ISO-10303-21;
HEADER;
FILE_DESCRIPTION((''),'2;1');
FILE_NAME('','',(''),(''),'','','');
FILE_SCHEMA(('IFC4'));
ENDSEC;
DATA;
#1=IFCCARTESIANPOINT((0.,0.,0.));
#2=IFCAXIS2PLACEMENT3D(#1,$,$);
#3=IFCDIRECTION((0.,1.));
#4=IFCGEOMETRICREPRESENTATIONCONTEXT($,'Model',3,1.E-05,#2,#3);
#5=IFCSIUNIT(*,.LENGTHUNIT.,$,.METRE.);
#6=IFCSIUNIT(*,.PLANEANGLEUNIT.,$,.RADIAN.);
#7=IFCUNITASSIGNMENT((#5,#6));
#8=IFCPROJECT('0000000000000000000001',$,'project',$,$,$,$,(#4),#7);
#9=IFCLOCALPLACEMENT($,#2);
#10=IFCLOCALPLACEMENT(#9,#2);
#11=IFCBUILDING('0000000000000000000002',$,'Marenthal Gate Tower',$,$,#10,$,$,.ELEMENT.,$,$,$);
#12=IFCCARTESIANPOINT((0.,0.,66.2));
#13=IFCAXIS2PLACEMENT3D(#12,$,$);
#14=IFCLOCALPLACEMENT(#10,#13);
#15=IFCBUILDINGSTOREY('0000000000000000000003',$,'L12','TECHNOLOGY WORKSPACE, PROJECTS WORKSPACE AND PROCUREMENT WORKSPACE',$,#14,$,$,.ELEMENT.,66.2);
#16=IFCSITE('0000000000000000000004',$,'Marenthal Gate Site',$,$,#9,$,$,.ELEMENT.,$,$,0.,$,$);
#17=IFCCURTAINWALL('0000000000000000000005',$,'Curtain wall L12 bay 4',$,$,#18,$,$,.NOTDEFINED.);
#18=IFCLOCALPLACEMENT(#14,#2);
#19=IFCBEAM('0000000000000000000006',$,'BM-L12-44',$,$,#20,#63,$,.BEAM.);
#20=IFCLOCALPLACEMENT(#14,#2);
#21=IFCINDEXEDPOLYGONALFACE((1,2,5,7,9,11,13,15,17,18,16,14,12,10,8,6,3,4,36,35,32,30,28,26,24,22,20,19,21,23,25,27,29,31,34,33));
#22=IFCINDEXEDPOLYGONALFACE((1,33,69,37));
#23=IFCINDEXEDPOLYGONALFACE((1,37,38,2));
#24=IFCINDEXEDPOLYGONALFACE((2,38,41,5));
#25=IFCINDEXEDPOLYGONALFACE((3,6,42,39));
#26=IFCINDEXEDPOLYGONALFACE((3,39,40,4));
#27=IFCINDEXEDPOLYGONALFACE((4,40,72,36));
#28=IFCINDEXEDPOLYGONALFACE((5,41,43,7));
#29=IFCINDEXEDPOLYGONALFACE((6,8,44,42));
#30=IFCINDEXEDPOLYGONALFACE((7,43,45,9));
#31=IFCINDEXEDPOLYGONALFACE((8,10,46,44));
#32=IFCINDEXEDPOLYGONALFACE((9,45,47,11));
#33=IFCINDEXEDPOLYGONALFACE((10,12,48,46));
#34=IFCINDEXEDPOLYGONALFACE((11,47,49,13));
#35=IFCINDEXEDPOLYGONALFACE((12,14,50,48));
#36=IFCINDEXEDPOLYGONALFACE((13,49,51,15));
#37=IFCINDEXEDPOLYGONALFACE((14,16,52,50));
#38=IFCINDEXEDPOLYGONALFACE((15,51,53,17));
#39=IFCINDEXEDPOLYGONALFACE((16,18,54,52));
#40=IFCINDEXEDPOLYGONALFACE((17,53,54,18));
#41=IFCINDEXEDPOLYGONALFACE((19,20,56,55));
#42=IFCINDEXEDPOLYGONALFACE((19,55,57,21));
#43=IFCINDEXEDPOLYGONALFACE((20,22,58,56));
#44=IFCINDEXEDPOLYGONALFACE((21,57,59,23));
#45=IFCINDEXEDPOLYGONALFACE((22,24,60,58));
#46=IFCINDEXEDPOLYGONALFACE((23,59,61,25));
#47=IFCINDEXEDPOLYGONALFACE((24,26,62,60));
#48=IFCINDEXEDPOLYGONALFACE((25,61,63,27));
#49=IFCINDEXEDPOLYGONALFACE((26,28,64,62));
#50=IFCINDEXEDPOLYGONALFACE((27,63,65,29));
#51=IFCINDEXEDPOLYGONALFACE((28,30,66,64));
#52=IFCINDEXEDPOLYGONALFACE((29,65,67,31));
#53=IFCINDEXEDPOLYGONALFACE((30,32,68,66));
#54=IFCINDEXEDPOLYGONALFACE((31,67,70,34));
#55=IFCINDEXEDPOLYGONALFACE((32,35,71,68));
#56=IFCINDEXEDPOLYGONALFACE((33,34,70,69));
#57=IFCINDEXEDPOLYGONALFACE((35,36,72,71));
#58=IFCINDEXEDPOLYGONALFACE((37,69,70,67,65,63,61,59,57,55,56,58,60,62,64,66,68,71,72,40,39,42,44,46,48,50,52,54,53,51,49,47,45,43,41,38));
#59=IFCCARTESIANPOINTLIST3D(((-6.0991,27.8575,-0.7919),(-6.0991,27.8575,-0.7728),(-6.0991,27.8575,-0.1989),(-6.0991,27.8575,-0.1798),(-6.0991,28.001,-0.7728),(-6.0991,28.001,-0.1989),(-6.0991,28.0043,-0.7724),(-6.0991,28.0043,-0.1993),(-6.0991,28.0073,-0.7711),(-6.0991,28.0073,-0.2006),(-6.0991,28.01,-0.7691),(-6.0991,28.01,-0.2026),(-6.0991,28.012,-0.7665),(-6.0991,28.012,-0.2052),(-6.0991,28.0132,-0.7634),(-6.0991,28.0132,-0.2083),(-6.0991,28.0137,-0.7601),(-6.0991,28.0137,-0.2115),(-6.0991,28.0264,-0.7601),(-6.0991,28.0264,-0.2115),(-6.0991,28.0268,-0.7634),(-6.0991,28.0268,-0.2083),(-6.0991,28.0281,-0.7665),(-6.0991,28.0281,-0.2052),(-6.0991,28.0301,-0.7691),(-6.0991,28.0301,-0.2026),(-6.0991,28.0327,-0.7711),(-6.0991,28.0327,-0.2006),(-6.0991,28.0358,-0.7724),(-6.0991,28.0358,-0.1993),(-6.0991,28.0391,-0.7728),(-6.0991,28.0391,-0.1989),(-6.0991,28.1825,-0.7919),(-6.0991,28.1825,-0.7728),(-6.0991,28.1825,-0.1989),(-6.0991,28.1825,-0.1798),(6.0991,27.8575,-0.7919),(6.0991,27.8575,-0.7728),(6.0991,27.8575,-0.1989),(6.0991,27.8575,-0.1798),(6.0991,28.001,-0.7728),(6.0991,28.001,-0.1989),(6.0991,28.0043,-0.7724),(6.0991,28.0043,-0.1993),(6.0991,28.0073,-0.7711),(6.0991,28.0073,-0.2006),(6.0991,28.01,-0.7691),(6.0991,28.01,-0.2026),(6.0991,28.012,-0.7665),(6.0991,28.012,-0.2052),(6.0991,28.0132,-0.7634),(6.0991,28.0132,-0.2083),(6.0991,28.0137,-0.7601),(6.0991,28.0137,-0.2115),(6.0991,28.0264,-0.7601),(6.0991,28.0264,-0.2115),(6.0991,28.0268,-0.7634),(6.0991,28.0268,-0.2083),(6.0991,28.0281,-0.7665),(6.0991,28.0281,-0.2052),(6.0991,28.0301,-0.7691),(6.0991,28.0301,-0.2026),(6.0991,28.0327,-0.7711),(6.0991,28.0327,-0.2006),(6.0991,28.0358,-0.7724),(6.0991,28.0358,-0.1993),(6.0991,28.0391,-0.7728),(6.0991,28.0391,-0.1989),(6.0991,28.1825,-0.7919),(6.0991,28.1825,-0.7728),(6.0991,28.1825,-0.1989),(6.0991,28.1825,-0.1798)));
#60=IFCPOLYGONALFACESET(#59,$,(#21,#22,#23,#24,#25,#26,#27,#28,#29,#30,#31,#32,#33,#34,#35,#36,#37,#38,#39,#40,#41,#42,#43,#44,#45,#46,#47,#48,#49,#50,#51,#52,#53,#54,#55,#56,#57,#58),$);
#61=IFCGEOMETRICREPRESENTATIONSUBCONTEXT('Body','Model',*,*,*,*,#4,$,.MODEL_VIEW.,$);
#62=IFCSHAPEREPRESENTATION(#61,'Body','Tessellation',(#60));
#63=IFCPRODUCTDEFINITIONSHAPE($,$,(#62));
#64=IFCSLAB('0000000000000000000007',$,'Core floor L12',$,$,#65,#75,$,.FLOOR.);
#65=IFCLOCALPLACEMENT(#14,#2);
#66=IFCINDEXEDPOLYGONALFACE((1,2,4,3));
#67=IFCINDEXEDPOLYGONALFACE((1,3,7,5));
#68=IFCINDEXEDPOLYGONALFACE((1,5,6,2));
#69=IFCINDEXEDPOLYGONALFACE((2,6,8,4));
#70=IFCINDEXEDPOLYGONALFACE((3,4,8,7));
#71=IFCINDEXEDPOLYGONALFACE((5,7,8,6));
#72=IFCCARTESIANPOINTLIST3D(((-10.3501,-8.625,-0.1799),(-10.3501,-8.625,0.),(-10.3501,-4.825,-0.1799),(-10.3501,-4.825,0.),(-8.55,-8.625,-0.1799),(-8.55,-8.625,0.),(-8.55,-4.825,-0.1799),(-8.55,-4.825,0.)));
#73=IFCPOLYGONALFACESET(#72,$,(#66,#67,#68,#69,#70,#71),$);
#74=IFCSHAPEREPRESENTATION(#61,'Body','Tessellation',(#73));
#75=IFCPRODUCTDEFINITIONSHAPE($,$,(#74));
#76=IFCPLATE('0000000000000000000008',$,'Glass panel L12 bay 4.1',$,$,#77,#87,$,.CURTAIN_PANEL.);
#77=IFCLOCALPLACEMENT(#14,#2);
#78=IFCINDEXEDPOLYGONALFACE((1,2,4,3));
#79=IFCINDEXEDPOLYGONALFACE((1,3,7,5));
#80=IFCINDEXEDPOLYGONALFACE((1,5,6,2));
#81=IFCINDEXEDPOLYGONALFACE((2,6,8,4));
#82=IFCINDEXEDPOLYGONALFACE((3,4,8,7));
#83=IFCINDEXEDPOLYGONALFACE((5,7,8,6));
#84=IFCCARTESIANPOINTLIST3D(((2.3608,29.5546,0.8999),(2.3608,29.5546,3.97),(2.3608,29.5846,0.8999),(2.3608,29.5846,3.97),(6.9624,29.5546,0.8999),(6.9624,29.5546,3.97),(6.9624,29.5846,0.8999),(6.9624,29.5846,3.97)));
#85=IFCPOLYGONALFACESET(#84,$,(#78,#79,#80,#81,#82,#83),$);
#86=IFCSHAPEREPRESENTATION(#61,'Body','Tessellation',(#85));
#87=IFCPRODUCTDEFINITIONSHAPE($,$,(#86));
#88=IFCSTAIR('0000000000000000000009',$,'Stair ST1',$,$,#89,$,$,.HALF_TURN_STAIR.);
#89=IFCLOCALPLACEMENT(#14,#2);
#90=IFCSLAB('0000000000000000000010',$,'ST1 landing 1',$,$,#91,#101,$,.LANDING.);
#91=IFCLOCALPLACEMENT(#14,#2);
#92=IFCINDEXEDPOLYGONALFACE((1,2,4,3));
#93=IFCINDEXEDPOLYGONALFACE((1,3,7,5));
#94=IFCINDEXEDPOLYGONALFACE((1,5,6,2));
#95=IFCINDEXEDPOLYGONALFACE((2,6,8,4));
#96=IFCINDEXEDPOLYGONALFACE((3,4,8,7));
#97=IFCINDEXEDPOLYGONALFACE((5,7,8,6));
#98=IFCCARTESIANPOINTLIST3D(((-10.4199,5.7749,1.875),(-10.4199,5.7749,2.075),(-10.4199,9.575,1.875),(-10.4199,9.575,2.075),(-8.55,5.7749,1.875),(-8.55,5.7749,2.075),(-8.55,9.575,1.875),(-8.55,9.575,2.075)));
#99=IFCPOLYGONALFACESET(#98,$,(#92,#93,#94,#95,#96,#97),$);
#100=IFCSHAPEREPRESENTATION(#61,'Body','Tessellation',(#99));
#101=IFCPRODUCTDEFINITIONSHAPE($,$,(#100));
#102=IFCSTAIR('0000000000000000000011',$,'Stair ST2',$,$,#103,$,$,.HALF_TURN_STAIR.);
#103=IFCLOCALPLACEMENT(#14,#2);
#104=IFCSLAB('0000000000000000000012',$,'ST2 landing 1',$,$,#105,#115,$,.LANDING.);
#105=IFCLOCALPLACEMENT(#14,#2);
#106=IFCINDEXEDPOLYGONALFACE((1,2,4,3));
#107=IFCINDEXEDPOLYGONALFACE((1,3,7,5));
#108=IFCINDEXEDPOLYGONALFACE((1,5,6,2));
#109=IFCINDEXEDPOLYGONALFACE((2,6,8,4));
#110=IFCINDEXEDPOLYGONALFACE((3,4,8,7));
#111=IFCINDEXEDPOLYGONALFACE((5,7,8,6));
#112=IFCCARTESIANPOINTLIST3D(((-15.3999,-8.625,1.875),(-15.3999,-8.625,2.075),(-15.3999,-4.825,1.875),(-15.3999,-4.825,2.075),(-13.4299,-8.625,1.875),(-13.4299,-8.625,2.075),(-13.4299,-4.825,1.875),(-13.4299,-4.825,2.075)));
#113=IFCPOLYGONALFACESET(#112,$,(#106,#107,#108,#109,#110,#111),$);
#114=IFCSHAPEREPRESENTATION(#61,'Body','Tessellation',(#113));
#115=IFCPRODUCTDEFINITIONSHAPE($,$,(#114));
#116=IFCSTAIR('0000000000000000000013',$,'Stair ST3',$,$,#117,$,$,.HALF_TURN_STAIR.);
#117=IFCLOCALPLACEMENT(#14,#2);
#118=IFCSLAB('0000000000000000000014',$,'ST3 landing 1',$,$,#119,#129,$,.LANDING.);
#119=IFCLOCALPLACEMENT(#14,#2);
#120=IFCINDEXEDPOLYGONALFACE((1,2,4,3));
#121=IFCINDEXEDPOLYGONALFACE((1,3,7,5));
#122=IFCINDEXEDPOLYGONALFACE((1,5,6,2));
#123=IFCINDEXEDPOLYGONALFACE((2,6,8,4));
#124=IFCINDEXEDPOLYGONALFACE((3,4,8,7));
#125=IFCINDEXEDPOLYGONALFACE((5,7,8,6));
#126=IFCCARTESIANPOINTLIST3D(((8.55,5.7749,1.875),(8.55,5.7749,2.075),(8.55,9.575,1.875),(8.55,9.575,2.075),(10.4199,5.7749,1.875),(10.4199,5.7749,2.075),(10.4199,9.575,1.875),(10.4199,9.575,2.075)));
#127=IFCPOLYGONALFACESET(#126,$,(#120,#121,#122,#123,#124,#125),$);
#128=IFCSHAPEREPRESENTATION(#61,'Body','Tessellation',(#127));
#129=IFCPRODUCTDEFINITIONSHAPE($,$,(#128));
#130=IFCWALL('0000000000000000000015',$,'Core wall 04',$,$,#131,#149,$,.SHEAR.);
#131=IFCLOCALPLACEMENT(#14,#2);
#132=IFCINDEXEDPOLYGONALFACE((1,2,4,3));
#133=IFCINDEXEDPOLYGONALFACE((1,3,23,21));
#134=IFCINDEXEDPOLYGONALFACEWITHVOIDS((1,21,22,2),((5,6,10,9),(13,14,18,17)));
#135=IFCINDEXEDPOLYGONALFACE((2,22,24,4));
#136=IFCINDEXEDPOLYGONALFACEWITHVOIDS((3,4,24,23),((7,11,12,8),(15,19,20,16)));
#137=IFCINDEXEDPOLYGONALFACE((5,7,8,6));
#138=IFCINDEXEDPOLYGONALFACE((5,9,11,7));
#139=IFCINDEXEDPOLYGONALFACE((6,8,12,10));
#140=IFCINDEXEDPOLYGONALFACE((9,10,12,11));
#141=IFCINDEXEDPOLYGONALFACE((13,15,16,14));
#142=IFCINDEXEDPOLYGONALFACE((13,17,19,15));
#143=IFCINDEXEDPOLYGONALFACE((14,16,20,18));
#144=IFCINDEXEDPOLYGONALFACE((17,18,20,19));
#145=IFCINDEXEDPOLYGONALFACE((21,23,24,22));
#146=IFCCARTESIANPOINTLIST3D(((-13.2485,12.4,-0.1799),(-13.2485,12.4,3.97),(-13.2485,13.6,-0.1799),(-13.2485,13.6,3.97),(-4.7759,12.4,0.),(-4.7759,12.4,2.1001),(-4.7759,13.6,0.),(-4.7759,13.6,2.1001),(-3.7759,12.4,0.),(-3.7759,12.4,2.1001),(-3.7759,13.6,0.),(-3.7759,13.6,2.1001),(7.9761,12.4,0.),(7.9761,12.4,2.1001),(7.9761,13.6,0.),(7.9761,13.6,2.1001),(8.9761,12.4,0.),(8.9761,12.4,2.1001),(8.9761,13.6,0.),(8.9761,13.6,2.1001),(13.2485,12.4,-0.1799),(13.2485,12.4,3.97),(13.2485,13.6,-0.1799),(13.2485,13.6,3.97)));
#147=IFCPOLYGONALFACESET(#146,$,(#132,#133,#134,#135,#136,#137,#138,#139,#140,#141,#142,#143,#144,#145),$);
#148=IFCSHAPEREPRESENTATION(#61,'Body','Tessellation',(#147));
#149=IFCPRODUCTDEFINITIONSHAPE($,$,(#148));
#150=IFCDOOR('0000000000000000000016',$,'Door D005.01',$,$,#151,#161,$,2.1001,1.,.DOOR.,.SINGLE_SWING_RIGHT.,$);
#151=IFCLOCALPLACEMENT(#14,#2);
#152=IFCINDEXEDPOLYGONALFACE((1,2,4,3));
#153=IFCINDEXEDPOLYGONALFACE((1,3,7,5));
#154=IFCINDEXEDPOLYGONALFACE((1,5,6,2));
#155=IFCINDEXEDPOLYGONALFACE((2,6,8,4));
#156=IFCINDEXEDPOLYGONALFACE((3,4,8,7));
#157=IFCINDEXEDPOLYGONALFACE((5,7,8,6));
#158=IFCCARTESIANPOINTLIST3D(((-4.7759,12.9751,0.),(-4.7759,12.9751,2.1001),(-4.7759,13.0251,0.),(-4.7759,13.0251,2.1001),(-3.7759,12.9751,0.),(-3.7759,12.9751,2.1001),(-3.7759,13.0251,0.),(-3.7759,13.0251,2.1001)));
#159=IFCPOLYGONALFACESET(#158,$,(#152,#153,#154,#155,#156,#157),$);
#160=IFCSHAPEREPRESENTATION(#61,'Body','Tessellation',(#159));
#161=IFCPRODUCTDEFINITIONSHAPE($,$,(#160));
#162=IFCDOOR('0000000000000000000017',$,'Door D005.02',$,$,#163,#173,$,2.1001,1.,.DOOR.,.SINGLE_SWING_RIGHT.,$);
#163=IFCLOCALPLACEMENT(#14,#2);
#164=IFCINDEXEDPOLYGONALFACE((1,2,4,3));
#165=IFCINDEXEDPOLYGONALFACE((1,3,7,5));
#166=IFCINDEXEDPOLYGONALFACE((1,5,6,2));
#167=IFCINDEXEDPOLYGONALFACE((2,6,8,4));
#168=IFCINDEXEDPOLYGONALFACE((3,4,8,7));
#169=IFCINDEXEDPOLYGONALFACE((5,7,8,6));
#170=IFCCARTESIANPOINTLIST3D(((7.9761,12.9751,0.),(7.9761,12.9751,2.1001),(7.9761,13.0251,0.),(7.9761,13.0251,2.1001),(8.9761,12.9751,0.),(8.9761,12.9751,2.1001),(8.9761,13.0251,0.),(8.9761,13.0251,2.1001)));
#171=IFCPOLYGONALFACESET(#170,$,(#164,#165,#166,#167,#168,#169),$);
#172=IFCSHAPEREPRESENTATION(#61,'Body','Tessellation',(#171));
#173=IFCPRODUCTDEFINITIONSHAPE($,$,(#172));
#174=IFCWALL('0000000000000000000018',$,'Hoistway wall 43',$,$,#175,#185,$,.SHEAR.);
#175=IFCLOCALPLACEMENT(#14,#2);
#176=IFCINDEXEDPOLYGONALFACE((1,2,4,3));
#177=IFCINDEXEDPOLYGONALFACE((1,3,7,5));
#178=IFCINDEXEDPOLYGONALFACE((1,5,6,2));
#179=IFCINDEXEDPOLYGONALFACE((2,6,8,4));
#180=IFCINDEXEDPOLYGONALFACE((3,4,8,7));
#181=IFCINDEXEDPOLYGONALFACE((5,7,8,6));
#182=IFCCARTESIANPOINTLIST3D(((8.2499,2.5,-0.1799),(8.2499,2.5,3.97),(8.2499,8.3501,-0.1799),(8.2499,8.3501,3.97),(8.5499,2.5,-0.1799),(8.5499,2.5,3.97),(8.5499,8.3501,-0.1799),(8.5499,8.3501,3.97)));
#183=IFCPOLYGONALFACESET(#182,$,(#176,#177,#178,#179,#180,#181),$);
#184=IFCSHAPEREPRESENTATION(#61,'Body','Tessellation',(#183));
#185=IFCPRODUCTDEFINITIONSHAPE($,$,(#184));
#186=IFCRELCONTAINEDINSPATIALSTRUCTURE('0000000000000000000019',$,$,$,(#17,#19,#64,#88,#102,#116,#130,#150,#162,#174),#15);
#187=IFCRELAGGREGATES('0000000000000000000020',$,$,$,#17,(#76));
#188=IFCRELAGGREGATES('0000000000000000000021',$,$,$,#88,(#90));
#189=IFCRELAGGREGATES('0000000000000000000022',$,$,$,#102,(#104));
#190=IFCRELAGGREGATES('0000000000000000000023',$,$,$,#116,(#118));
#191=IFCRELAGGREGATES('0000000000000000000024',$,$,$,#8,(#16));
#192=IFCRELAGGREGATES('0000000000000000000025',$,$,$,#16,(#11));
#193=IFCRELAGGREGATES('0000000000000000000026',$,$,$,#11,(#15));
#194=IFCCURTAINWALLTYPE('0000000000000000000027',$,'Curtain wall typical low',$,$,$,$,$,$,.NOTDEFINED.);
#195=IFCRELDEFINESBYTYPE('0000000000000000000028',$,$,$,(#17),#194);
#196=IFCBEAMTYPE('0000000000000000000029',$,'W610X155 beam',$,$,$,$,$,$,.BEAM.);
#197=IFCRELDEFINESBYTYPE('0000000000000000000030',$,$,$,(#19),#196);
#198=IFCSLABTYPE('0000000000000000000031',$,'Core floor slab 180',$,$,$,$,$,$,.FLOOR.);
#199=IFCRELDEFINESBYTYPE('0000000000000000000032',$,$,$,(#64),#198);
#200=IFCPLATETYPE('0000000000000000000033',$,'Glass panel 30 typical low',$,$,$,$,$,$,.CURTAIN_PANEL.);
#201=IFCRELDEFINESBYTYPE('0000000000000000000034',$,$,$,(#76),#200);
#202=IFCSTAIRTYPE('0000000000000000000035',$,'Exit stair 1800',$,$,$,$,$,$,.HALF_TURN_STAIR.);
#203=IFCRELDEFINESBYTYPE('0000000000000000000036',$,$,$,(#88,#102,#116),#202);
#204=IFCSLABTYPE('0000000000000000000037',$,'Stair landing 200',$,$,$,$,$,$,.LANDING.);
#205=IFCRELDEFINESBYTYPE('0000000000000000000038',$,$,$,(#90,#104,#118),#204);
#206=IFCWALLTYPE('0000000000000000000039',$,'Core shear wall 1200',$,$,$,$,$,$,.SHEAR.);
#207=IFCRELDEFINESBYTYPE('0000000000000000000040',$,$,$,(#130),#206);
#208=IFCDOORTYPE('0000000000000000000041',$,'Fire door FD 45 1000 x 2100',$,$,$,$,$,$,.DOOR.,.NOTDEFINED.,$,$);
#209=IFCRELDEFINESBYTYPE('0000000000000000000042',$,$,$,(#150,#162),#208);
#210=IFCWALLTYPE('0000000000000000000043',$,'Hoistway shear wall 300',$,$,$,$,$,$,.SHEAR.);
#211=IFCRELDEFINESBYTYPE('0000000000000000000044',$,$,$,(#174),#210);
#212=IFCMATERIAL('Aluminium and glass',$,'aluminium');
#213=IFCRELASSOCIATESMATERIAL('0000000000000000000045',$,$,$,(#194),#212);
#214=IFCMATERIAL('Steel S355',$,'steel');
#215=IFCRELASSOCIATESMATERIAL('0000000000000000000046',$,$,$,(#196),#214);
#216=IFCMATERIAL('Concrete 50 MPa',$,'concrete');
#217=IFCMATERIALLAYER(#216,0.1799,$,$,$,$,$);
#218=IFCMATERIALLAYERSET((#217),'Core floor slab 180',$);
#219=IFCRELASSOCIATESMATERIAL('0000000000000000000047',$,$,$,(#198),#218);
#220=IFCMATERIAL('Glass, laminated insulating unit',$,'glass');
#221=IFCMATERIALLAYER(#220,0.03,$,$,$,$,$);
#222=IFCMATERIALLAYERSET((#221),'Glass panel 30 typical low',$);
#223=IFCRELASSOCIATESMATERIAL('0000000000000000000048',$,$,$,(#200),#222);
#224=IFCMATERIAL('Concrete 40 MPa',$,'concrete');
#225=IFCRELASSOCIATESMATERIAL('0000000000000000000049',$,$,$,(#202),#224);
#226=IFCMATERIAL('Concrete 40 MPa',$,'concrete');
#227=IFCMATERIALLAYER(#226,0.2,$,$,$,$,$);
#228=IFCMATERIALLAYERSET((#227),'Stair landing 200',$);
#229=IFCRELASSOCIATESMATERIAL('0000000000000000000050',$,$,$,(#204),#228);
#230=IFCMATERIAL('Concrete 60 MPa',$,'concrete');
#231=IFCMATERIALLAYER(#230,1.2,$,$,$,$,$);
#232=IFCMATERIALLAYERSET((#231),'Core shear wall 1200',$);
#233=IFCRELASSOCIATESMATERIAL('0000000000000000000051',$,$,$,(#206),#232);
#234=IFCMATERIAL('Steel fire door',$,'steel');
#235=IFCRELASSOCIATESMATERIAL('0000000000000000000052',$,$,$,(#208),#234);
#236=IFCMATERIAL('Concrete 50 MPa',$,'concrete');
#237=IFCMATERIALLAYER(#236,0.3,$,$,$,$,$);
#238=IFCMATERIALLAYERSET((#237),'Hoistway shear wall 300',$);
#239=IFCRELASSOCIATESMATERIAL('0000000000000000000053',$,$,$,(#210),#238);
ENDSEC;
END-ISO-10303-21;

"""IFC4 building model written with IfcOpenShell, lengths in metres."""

from ifc_helpers import new_model, si_unit, direction, frame, frame_2d, origin, origin_2d, place, context, subcontext, project, spatial, polyline, rectangle, i_section, outline, extrude, material, layer, layer_set, material_profile, profile_set, type_object, element, fill, aggregate, save


model = new_model("IFC4")

# Units and contexts
model_context = context("Model", 3, precision=1e-05, world=origin(), true_north=direction((0.0, 1.0)))
body_context = subcontext(model_context, "Body", "Model", "MODEL_VIEW")
ifc_project = project(units=[si_unit("LENGTHUNIT", "METRE"), si_unit("PLANEANGLEUNIT", "RADIAN")], contexts=[model_context])

# Site, building, storey
site_placement = place(None, origin())
site = spatial("IfcSite", under=ifc_project, at=site_placement, Name="Marenthal Gate Site", CompositionType="ELEMENT", RefElevation=0.0)
building_placement = place(site_placement, origin())
building = spatial("IfcBuilding", under=site, at=building_placement, Name="Marenthal Gate Tower", CompositionType="ELEMENT")
storey_placement = place(building_placement, frame((0.0, 0.0, 66.2)))
storey = spatial("IfcBuildingStorey", under=building, at=storey_placement, Name="L12", Description="TECHNOLOGY WORKSPACE, PROJECTS WORKSPACE AND PROCUREMENT WORKSPACE", CompositionType="ELEMENT", Elevation=66.2)

# Curtain wall
ifc_material_1 = material(Name="Aluminium and glass", Category="aluminium")
curtain_wall_type = type_object("IfcCurtainWallType", Name="Curtain wall typical low", PredefinedType="NOTDEFINED", material=ifc_material_1)
curtain_wall_placement = place(storey_placement, origin())
curtain_wall = element("IfcCurtainWall", 1, at=curtain_wall_placement, inside=storey, type_object=curtain_wall_type, Name="Curtain wall L12 bay 4", PredefinedType="NOTDEFINED")

# Beam
ifc_material_2 = material(Name="Steel S355", Category="steel")
ifc_material_profile_1 = material_profile(ifc_material_2, i_section(OverallWidth=0.325, OverallDepth=0.6121, WebThickness=0.0127, FlangeThickness=0.019, FilletRadius=0.0127, at=origin_2d()), Name="W610X155")
ifc_profile_set_1 = profile_set([ifc_material_profile_1], Name="Steel S355")
beam_type_1 = type_object("IfcBeamType", Name="W610X155 beam", PredefinedType="BEAM", material=ifc_profile_set_1)
beam_1_placement = place(storey_placement, frame((6.0991, 28.02, -0.4858), z_axis=(-1.0, 0.0, 0.0), x_axis=(0.0, -1.0, 0.0)))
element("IfcBeam", 2, at=beam_1_placement, inside=storey, type_object=beam_type_1, Name="BM-L12-44", PredefinedType="BEAM", context=body_context, shape_type="SweptSolid", body=[
    extrude(i_section(OverallWidth=0.325, OverallDepth=0.6121, WebThickness=0.0127, FlangeThickness=0.019, FilletRadius=0.0127, at=origin_2d()), origin(), (0.0, 0.0, 1.0), 12.1982),
])

# Slab
ifc_material_3 = material(Name="Concrete 50 MPa", Category="concrete")
ifc_layer_1 = layer(ifc_material_3, 0.1799)
ifc_layer_set_1 = layer_set([ifc_layer_1], Name="Core floor slab 180")
slab_type_1 = type_object("IfcSlabType", Name="Core floor slab 180", PredefinedType="FLOOR", material=ifc_layer_set_1)
slab_1_placement = place(storey_placement, frame((0.0, 0.0, -0.1799)))
element("IfcSlab", 3, at=slab_1_placement, inside=storey, type_object=slab_type_1, Name="Core floor L12", PredefinedType="FLOOR", context=body_context, shape_type="SweptSolid", body=[
    extrude(outline(polyline([(-8.55, -8.625), (-10.3501, -8.625), (-10.3501, -4.825), (-8.55, -4.825), (-8.55, -8.625)])), origin(), (0.0, 0.0, 1.0), 0.1799),
])

# Plate
ifc_material_4 = material(Name="Glass, laminated insulating unit", Category="glass")
ifc_layer_2 = layer(ifc_material_4, 0.03)
ifc_layer_set_2 = layer_set([ifc_layer_2], Name="Glass panel 30 typical low")
plate_type = type_object("IfcPlateType", Name="Glass panel 30 typical low", PredefinedType="CURTAIN_PANEL", material=ifc_layer_set_2)
plate_placement = place(storey_placement, frame((4.6616, 29.5696, 0.8999), z_axis=(0.0, 0.0, 1.0), x_axis=(-1.0, 0.0, 0.0)))
plate = element("IfcPlate", 4, at=plate_placement, type_object=plate_type, Name="Glass panel L12 bay 4.1", PredefinedType="CURTAIN_PANEL", context=body_context, shape_type="SweptSolid", body=[
    extrude(rectangle(XDim=4.6016, YDim=0.03, at=origin_2d()), origin(), (0.0, 0.0, 1.0), 3.0701),
])
aggregate(curtain_wall, [plate])

# Stairs, slabs
ifc_material_5 = material(Name="Concrete 40 MPa", Category="concrete")
stair_type = type_object("IfcStairType", Name="Exit stair 1800", PredefinedType="HALF_TURN_STAIR", material=ifc_material_5)
stair_1_placement = place(storey_placement, origin())
stair_1 = element("IfcStair", 5, at=stair_1_placement, inside=storey, type_object=stair_type, Name="Stair ST1", PredefinedType="HALF_TURN_STAIR")
ifc_material_6 = material(Name="Concrete 40 MPa", Category="concrete")
ifc_layer_3 = layer(ifc_material_6, 0.2)
ifc_layer_set_3 = layer_set([ifc_layer_3], Name="Stair landing 200")
slab_type_2 = type_object("IfcSlabType", Name="Stair landing 200", PredefinedType="LANDING", material=ifc_layer_set_3)
slab_2_placement = place(storey_placement, frame((0.0, 0.0, 1.875)))
slab_2 = element("IfcSlab", 6, at=slab_2_placement, type_object=slab_type_2, Name="ST1 landing 1", PredefinedType="LANDING", context=body_context, shape_type="SweptSolid", body=[
    extrude(outline(polyline([(-10.4199, 5.7749), (-8.55, 5.7749), (-8.55, 9.575), (-10.4199, 9.575), (-10.4199, 5.7749)])), origin(), (0.0, 0.0, 1.0), 0.2),
])
aggregate(stair_1, [slab_2])
stair_2_placement = place(storey_placement, origin())
stair_2 = element("IfcStair", 7, at=stair_2_placement, inside=storey, type_object=stair_type, Name="Stair ST2", PredefinedType="HALF_TURN_STAIR")
slab_3_placement = place(storey_placement, frame((0.0, 0.0, 1.875)))
slab_3 = element("IfcSlab", 8, at=slab_3_placement, type_object=slab_type_2, Name="ST2 landing 1", PredefinedType="LANDING", context=body_context, shape_type="SweptSolid", body=[
    extrude(outline(polyline([(-15.3999, -8.625), (-13.4299, -8.625), (-13.4299, -4.825), (-15.3999, -4.825), (-15.3999, -8.625)])), origin(), (0.0, 0.0, 1.0), 0.2),
])
aggregate(stair_2, [slab_3])
stair_3_placement = place(storey_placement, origin())
stair_3 = element("IfcStair", 9, at=stair_3_placement, inside=storey, type_object=stair_type, Name="Stair ST3", PredefinedType="HALF_TURN_STAIR")
slab_4_placement = place(storey_placement, frame((0.0, 0.0, 1.875)))
slab_4 = element("IfcSlab", 10, at=slab_4_placement, type_object=slab_type_2, Name="ST3 landing 1", PredefinedType="LANDING", context=body_context, shape_type="SweptSolid", body=[
    extrude(outline(polyline([(8.55, 5.7749), (10.4199, 5.7749), (10.4199, 9.575), (8.55, 9.575), (8.55, 5.7749)])), origin(), (0.0, 0.0, 1.0), 0.2),
])

# Wall, openings, doors
ifc_material_7 = material(Name="Concrete 60 MPa", Category="concrete")
ifc_layer_4 = layer(ifc_material_7, 1.2)
ifc_layer_set_4 = layer_set([ifc_layer_4], Name="Core shear wall 1200")
wall_type_1 = type_object("IfcWallType", Name="Core shear wall 1200", PredefinedType="SHEAR", material=ifc_layer_set_4)
wall_1_placement = place(storey_placement, frame((13.2485, 13.0, -0.1799), z_axis=(0.0, 0.0, 1.0), x_axis=(-1.0, 0.0, 0.0)))
wall_1 = element("IfcWall", 11, at=wall_1_placement, inside=storey, type_object=wall_type_1, Name="Core wall 04", PredefinedType="SHEAR", context=body_context, shape_type="SweptSolid", body=[
    extrude(rectangle(XDim=26.4971, YDim=1.2, at=frame_2d((13.2485, 0.0))), origin(), (0.0, 0.0, 1.0), 4.1499),
])
opening_1_placement = place(wall_1_placement, frame((17.0244, 0.0, 0.1799)))
opening_1 = element("IfcOpeningElement", 12, at=opening_1_placement, cuts=wall_1, PredefinedType="OPENING", context=body_context, shape_type="SweptSolid", body=[
    extrude(rectangle(XDim=1.0, YDim=2.1001, at=frame_2d((0.5, 1.05))), frame((0.0, 0.6099, 0.0), z_axis=(0.0, -1.0, 0.0), x_axis=(1.0, 0.0, 0.0)), (0.0, 0.0, 1.0), 1.22),
])
opening_2_placement = place(wall_1_placement, frame((4.2725, 0.0, 0.1799)))
opening_2 = element("IfcOpeningElement", 13, at=opening_2_placement, cuts=wall_1, PredefinedType="OPENING", context=body_context, shape_type="SweptSolid", body=[
    extrude(rectangle(XDim=1.0, YDim=2.1001, at=frame_2d((0.5, 1.05))), frame((0.0, 0.6099, 0.0), z_axis=(0.0, -1.0, 0.0), x_axis=(1.0, 0.0, 0.0)), (0.0, 0.0, 1.0), 1.22),
])
ifc_material_8 = material(Name="Steel fire door", Category="steel")
door_type_1 = type_object("IfcDoorType", Name="Fire door FD 45 1000 x 2100", OperationType="NOTDEFINED", PredefinedType="DOOR", material=ifc_material_8)
door_1_placement = place(opening_1_placement, origin())
door_1 = element("IfcDoor", 14, at=door_1_placement, inside=storey, type_object=door_type_1, Name="Door D005.01", OperationType="SINGLE_SWING_RIGHT", OverallHeight=2.1001, OverallWidth=1.0, PredefinedType="DOOR", context=body_context, shape_type="SweptSolid", body=[
    extrude(rectangle(XDim=1.0, YDim=2.1001, at=frame_2d((0.5, 1.05))), frame((0.0, 0.0249, 0.0), z_axis=(0.0, -1.0, 0.0), x_axis=(1.0, 0.0, 0.0)), (0.0, 0.0, 1.0), 0.05),
])
fill(opening_1, door_1)
door_2_placement = place(opening_2_placement, origin())
door_2 = element("IfcDoor", 15, at=door_2_placement, inside=storey, type_object=door_type_1, Name="Door D005.02", OperationType="SINGLE_SWING_RIGHT", OverallHeight=2.1001, OverallWidth=1.0, PredefinedType="DOOR", context=body_context, shape_type="SweptSolid", body=[
    extrude(rectangle(XDim=1.0, YDim=2.1001, at=frame_2d((0.5, 1.05))), frame((0.0, 0.0249, 0.0), z_axis=(0.0, -1.0, 0.0), x_axis=(1.0, 0.0, 0.0)), (0.0, 0.0, 1.0), 0.05),
])
fill(opening_2, door_2)

# Wall
ifc_material_9 = material(Name="Concrete 50 MPa", Category="concrete")
ifc_layer_5 = layer(ifc_material_9, 0.3)
ifc_layer_set_5 = layer_set([ifc_layer_5], Name="Hoistway shear wall 300")
wall_type_2 = type_object("IfcWallType", Name="Hoistway shear wall 300", PredefinedType="SHEAR", material=ifc_layer_set_5)
wall_2_placement = place(storey_placement, frame((8.3999, 2.5, -0.1799), z_axis=(0.0, 0.0, 1.0), x_axis=(0.0, 1.0, 0.0)))
element("IfcWall", 16, at=wall_2_placement, inside=storey, type_object=wall_type_2, Name="Hoistway wall 43", PredefinedType="SHEAR", context=body_context, shape_type="SweptSolid", body=[
    extrude(rectangle(XDim=5.8501, YDim=0.3, at=frame_2d((2.925, 0.0))), origin(), (0.0, 0.0, 1.0), 4.1499),
])

aggregate(stair_3, [slab_4])

save(model, "model.ifc")
